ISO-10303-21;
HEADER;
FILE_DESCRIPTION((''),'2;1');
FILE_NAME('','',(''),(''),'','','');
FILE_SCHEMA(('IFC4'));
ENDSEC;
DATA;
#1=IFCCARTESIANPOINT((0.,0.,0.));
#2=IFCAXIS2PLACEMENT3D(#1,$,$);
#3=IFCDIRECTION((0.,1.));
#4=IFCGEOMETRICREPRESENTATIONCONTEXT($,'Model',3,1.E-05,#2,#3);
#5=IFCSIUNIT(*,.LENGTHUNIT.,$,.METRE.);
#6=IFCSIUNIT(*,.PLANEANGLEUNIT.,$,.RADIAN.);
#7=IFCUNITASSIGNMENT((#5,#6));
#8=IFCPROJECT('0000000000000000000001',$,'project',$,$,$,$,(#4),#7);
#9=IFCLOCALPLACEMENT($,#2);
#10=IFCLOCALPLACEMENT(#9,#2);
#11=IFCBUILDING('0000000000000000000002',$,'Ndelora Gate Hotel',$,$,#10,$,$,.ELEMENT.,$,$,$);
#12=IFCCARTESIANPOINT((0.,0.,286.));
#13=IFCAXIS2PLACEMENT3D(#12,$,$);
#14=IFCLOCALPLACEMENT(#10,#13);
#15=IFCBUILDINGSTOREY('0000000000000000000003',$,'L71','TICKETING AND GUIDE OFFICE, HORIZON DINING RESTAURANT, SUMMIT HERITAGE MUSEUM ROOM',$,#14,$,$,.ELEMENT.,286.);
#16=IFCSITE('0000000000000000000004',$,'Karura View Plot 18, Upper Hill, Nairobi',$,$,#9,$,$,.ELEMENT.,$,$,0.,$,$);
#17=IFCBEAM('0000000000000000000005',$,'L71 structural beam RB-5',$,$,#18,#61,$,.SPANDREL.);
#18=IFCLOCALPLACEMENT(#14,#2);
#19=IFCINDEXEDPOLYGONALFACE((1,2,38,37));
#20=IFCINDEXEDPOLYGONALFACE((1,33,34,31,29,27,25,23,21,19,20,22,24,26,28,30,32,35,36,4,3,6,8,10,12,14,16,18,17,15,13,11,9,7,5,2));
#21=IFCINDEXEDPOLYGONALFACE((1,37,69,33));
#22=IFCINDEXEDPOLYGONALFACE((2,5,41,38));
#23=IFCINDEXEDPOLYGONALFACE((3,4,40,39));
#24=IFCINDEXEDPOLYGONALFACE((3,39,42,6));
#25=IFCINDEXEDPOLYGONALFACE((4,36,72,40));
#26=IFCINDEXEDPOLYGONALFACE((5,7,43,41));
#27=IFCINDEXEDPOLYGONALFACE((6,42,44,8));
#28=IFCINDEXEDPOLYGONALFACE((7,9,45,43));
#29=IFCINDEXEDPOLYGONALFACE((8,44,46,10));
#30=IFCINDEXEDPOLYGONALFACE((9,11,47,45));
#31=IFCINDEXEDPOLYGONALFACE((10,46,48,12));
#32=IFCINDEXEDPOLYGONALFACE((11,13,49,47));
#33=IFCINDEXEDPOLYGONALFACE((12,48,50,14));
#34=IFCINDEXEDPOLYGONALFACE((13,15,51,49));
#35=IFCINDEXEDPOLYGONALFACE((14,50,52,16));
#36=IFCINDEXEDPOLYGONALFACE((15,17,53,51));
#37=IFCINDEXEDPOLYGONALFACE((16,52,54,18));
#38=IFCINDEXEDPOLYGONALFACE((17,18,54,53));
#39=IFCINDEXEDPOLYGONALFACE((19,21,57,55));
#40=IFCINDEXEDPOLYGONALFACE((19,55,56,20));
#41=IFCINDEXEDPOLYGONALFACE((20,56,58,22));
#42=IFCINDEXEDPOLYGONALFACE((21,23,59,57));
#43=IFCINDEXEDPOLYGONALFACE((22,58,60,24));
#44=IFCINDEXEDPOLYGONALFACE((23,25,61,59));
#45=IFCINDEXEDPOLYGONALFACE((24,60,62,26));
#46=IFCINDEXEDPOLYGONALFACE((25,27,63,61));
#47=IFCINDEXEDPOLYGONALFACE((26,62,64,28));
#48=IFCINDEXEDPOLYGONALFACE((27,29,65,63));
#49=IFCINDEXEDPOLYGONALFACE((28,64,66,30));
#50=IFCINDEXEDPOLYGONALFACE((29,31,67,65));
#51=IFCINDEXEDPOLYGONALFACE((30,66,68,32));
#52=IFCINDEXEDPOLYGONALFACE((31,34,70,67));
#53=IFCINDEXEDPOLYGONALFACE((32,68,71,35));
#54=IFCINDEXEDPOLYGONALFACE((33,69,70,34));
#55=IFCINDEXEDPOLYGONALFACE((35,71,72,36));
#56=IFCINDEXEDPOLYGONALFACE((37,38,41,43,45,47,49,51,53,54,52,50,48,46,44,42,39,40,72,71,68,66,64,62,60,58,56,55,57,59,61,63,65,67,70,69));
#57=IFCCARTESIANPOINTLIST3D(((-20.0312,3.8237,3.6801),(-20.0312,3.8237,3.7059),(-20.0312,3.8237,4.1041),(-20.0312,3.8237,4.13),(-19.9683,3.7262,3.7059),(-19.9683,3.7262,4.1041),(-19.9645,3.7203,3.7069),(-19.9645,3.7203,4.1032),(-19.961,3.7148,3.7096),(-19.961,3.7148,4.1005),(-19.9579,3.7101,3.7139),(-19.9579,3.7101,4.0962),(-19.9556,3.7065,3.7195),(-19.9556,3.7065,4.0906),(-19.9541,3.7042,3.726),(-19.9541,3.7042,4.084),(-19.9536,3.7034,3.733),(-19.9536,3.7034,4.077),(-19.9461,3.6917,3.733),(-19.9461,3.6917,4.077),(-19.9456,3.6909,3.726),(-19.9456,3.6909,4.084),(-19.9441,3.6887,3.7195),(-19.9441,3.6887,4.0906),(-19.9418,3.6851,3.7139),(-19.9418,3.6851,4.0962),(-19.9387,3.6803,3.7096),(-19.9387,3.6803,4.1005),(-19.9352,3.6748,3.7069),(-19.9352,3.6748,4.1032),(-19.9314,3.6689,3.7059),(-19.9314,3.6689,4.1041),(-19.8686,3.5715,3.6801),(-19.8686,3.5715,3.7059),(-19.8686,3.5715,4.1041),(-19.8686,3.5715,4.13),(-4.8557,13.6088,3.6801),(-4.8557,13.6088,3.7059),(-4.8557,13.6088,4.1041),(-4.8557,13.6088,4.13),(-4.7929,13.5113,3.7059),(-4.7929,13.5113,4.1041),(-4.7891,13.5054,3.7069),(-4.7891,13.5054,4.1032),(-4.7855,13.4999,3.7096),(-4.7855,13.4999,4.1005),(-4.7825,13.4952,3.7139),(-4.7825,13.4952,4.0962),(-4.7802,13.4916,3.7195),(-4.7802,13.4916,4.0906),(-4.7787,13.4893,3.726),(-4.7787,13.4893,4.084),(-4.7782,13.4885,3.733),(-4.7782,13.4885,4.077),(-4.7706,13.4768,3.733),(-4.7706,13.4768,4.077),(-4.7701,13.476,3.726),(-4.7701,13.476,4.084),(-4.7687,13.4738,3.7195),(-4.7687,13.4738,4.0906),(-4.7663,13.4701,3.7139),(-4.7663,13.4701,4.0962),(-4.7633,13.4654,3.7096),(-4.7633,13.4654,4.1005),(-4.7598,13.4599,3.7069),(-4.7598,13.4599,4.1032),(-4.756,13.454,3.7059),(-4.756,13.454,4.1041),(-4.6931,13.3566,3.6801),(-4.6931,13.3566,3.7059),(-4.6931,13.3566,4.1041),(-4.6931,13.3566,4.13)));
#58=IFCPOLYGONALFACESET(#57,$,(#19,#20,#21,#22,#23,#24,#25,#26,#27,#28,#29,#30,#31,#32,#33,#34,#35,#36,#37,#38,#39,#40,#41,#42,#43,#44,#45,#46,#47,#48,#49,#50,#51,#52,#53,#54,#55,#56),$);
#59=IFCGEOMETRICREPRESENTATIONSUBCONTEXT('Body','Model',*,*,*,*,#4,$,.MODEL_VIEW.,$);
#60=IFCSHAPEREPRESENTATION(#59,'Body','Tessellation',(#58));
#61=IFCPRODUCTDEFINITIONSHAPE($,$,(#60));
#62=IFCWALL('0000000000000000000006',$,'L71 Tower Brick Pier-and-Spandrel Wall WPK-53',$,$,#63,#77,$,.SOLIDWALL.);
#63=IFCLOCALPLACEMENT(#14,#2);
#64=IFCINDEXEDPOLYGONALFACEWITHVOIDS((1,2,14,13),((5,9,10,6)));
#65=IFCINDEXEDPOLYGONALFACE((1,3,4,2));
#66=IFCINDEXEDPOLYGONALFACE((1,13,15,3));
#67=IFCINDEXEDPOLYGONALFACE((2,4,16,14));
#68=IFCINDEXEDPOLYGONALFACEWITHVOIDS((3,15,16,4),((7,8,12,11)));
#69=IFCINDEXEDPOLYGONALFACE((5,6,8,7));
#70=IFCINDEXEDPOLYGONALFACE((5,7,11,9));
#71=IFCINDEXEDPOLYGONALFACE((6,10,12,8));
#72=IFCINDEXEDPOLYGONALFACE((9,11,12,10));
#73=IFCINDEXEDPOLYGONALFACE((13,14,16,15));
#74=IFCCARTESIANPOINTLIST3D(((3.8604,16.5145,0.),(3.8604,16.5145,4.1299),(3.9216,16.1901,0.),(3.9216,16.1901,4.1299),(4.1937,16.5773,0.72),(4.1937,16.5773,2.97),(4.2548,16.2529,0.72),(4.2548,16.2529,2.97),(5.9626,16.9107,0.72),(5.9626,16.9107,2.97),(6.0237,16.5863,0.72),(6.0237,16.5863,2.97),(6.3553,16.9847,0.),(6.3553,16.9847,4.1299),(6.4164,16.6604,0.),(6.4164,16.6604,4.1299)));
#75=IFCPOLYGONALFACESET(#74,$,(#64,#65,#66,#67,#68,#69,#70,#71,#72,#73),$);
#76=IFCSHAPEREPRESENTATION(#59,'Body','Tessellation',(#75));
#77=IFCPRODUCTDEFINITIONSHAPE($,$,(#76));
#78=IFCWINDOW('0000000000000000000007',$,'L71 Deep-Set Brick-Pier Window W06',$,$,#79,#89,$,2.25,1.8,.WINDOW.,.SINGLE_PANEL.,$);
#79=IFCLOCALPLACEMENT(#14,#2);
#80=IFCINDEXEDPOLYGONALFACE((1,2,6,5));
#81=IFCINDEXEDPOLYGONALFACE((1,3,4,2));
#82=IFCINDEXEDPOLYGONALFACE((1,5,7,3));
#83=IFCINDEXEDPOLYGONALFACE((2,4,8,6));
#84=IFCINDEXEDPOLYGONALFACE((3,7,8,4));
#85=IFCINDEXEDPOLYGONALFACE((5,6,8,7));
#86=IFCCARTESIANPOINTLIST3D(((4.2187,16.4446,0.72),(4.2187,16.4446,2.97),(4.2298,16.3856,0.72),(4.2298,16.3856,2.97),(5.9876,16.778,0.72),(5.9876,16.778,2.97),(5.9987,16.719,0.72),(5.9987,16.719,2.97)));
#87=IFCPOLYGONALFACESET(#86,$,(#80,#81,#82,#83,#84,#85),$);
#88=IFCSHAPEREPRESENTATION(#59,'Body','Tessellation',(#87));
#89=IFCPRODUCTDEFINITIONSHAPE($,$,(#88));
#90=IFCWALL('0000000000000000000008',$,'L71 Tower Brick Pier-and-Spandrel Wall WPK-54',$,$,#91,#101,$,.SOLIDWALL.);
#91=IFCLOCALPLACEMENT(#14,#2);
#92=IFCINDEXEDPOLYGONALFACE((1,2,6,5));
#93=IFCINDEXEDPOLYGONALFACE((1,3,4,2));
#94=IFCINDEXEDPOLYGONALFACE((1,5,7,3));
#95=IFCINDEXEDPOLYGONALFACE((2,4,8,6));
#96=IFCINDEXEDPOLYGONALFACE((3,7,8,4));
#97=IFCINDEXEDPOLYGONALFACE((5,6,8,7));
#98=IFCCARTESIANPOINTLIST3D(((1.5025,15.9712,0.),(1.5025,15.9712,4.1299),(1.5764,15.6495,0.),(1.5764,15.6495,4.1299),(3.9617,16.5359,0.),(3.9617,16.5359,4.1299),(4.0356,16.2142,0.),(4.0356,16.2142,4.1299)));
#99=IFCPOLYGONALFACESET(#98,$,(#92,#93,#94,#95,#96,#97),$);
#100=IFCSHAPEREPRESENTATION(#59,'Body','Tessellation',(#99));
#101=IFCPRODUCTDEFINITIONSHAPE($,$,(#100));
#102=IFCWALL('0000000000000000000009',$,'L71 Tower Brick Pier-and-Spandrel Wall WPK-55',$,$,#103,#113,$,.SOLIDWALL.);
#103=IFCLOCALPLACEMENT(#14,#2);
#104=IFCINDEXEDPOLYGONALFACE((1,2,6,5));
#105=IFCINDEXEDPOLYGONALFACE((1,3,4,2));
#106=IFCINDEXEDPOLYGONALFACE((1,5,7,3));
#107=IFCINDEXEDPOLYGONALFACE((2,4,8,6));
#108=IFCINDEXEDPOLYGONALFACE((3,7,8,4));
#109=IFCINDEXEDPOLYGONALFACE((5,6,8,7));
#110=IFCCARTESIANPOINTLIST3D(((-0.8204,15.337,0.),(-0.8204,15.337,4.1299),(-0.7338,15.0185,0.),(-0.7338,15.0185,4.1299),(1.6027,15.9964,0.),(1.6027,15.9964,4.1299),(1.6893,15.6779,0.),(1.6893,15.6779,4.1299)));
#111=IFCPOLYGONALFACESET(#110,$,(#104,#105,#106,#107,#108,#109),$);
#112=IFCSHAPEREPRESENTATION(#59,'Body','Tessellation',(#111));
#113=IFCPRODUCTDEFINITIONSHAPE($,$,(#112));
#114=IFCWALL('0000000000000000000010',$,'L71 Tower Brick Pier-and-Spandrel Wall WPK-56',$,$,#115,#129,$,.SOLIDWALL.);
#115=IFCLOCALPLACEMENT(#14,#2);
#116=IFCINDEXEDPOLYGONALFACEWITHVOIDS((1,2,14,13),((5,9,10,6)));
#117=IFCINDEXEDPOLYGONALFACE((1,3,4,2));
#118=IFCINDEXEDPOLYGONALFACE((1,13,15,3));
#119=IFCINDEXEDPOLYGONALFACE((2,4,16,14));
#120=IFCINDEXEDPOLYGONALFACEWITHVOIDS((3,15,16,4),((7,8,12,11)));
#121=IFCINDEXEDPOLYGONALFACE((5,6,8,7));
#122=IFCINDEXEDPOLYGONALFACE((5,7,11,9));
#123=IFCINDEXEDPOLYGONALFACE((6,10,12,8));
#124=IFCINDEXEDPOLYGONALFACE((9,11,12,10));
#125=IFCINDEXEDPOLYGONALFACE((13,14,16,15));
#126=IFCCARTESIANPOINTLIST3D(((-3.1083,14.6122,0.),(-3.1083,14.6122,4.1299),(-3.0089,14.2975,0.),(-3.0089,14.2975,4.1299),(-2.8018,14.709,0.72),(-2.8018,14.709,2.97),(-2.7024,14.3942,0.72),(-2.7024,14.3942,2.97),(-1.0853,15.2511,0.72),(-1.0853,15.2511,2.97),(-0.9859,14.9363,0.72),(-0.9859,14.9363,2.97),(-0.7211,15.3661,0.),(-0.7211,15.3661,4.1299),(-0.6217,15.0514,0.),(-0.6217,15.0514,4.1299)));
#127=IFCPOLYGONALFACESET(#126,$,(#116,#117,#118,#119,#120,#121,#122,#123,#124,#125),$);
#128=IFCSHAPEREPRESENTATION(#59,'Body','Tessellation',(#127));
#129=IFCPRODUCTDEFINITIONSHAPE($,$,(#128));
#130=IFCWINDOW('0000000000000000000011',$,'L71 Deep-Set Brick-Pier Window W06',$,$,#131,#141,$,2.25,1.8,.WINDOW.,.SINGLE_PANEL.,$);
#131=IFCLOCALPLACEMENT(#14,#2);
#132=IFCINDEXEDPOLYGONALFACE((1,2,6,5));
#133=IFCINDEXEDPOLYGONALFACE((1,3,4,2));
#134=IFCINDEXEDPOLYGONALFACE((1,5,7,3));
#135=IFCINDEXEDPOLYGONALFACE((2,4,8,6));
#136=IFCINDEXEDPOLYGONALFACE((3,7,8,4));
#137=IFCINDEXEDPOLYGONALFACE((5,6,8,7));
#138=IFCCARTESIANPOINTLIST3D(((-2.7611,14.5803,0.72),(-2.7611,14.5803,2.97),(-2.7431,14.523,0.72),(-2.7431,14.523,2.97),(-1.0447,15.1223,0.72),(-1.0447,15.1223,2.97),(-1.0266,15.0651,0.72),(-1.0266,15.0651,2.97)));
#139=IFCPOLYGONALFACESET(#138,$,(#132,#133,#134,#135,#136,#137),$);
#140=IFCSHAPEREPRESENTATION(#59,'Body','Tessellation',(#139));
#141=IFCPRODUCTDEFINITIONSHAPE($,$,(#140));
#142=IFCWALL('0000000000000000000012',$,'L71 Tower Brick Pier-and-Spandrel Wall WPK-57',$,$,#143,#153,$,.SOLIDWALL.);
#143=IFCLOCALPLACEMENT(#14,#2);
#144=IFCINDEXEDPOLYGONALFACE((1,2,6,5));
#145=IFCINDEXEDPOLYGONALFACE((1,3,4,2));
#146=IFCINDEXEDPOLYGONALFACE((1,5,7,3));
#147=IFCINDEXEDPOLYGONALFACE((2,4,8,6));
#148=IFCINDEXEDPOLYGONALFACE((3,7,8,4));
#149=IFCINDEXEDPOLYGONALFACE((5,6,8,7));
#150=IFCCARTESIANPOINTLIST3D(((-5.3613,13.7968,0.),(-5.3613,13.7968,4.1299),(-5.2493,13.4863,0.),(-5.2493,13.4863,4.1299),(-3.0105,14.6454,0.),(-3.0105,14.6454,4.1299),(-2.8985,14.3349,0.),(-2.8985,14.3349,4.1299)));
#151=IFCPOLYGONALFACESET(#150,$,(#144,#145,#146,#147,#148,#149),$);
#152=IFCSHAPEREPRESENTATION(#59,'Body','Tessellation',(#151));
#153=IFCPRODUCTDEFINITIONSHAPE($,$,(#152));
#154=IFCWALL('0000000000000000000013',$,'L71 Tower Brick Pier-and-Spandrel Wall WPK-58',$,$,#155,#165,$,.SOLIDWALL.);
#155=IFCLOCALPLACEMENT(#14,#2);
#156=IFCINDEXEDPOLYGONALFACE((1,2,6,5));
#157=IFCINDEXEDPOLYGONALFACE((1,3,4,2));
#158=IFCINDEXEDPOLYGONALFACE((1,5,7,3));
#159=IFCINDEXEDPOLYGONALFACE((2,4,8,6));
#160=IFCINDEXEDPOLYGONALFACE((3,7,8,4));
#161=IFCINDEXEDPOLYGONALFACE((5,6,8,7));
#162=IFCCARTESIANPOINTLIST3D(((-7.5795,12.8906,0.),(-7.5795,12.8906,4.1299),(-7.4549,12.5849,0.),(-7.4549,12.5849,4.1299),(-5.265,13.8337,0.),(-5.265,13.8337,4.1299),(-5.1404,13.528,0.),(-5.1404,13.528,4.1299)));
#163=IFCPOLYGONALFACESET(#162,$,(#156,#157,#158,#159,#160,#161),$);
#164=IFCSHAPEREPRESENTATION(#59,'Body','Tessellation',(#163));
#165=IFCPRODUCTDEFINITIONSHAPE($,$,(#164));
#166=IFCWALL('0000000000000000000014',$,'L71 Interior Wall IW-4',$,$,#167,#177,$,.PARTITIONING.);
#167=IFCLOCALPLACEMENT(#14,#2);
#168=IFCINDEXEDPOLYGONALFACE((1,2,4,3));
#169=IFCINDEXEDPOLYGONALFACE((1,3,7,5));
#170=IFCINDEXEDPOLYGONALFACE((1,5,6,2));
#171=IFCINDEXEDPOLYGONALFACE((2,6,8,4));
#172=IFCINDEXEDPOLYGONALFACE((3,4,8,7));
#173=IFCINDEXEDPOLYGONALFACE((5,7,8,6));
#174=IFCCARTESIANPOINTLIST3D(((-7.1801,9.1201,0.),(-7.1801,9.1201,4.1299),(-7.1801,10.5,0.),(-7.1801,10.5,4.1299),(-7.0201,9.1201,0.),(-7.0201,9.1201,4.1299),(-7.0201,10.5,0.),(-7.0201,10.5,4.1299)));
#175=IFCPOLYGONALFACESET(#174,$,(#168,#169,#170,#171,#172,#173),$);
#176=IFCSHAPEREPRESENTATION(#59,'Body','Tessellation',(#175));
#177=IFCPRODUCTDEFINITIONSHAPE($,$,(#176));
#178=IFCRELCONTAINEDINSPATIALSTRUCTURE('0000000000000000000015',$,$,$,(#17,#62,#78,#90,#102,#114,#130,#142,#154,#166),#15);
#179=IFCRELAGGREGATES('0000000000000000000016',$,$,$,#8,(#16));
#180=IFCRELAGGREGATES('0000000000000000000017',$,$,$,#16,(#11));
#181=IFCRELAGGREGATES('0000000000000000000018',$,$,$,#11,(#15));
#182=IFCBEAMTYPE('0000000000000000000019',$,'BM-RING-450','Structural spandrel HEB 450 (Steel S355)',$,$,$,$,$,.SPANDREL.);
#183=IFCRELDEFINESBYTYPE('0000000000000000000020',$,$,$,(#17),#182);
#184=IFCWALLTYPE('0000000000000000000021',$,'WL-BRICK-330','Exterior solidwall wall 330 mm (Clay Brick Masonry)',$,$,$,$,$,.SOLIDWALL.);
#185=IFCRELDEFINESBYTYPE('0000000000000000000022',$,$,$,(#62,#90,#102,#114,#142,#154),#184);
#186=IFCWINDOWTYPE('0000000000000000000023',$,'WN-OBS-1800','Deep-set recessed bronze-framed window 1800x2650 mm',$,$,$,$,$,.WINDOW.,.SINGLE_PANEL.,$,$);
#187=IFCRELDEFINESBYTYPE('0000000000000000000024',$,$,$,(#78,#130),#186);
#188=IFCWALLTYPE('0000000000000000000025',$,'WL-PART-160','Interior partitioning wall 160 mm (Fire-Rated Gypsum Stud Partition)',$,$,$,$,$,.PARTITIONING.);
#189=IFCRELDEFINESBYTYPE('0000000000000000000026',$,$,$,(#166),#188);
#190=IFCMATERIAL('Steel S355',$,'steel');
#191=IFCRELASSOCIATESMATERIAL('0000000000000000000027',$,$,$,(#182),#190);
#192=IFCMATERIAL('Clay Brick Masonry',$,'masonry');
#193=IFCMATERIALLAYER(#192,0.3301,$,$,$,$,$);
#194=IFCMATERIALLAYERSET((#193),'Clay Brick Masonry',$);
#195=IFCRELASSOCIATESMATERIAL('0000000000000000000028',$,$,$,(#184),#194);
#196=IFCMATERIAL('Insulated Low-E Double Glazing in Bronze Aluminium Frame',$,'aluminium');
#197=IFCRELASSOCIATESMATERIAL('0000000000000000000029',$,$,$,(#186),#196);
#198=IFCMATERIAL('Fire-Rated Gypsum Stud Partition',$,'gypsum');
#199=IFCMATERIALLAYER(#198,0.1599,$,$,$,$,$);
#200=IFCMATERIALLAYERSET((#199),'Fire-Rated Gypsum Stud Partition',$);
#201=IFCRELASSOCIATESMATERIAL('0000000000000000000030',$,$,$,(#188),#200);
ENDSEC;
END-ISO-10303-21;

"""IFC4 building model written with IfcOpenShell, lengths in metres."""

from ifc_helpers import new_model, si_unit, direction, frame, frame_2d, origin, origin_2d, place, context, subcontext, project, spatial, rectangle, i_section, extrude, material, layer, layer_set, material_profile, profile_set, type_object, element, fill, save


model = new_model("IFC4")

# Units and contexts
model_context = context("Model", 3, precision=1e-05, world=origin(), true_north=direction((0.0, 1.0)))
body_context = subcontext(model_context, "Body", "Model", "MODEL_VIEW")
ifc_project = project(units=[si_unit("LENGTHUNIT", "METRE"), si_unit("PLANEANGLEUNIT", "RADIAN")], contexts=[model_context])

# Site, building, storey
site_placement = place(None, origin())
site = spatial("IfcSite", under=ifc_project, at=site_placement, Name="Karura View Plot 18, Upper Hill, Nairobi", CompositionType="ELEMENT", RefElevation=0.0)
building_placement = place(site_placement, origin())
building = spatial("IfcBuilding", under=site, at=building_placement, Name="Ndelora Gate Hotel", CompositionType="ELEMENT")
storey_placement = place(building_placement, frame((0.0, 0.0, 286.0)))
storey = spatial("IfcBuildingStorey", under=building, at=storey_placement, Name="L71", Description="TICKETING AND GUIDE OFFICE, HORIZON DINING RESTAURANT, SUMMIT HERITAGE MUSEUM ROOM", CompositionType="ELEMENT", Elevation=286.0)

# Beam
ifc_material_1 = material(Name="Steel S355", Category="steel")
ifc_material_profile_1 = material_profile(ifc_material_1, i_section(OverallWidth=0.3, OverallDepth=0.45, WebThickness=0.0139, FlangeThickness=0.0259, FilletRadius=0.0271, at=origin_2d()), Name="HEB 450")
ifc_profile_set_1 = profile_set([ifc_material_profile_1], Name="Steel S355")
beam_type_1 = type_object("IfcBeamType", Name="BM-RING-450", Description="Structural spandrel HEB 450 (Steel S355)", PredefinedType="SPANDREL", material=ifc_profile_set_1)
beam_1_placement = place(storey_placement, frame((-4.7744, 13.4827, 3.905), z_axis=(-0.840436, -0.541911, 0.0), x_axis=(0.541911, -0.840436, 0.0)))
element("IfcBeam", 1, at=beam_1_placement, inside=storey, type_object=beam_type_1, Name="L71 structural beam RB-5", PredefinedType="SPANDREL", context=body_context, shape_type="SweptSolid", body=[
    extrude(i_section(OverallWidth=0.3, OverallDepth=0.45, WebThickness=0.0139, FlangeThickness=0.0259, FilletRadius=0.0271, at=origin_2d()), origin(), (0.0, 0.0, 1.0), 18.0566),
])

# Wall, opening, window
ifc_material_2 = material(Name="Clay Brick Masonry", Category="masonry")
ifc_layer_1 = layer(ifc_material_2, 0.3301)
ifc_layer_set_1 = layer_set([ifc_layer_1], Name="Clay Brick Masonry")
wall_type_1 = type_object("IfcWallType", Name="WL-BRICK-330", Description="Exterior solidwall wall 330 mm (Clay Brick Masonry)", PredefinedType="SOLIDWALL", material=ifc_layer_set_1)
wall_1_placement = place(storey_placement, frame((3.8909, 16.3523, 0.0), z_axis=(0.0, 0.0, 1.0), x_axis=(0.982699, 0.185212, 0.0)))
wall_1 = element("IfcWall", 2, at=wall_1_placement, inside=storey, type_object=wall_type_1, Name="L71 Tower Brick Pier-and-Spandrel Wall WPK-53", PredefinedType="SOLIDWALL", context=body_context, shape_type="SweptSolid", body=[
    extrude(rectangle(XDim=2.5388, YDim=0.3301, at=frame_2d((1.2695, 0.0))), origin(), (0.0, 0.0, 1.0), 4.1299),
])
opening_1_placement = place(wall_1_placement, frame((0.3394, 0.0, 0.72)))
opening_1 = element("IfcOpeningElement", 3, at=opening_1_placement, cuts=wall_1, PredefinedType="OPENING", context=body_context, shape_type="SweptSolid", body=[
    extrude(rectangle(XDim=1.8, YDim=2.25, at=frame_2d((0.8999, 1.125))), frame((0.0, 0.175, 0.0), z_axis=(0.0, -1.0, 0.0), x_axis=(1.0, 0.0, 0.0)), (0.0, 0.0, 1.0), 0.3501),
])
ifc_material_3 = material(Name="Insulated Low-E Double Glazing in Bronze Aluminium Frame", Category="aluminium")
window_type = type_object("IfcWindowType", Name="WN-OBS-1800", Description="Deep-set recessed bronze-framed window 1800x2650 mm", PartitioningType="SINGLE_PANEL", PredefinedType="WINDOW", material=ifc_material_3)
window_1_placement = place(opening_1_placement, origin())
window_1 = element("IfcWindow", 4, at=window_1_placement, inside=storey, type_object=window_type, Name="L71 Deep-Set Brick-Pier Window W06", OverallHeight=2.25, OverallWidth=1.8, PartitioningType="SINGLE_PANEL", PredefinedType="WINDOW", context=body_context, shape_type="SweptSolid", body=[
    extrude(rectangle(XDim=1.8, YDim=2.25, at=frame_2d((0.8999, 1.125))), frame((0.0, 0.03, 0.0), z_axis=(0.0, -1.0, 0.0), x_axis=(1.0, 0.0, 0.0)), (0.0, 0.0, 1.0), 0.0601),
])
fill(opening_1, window_1)

# Walls
wall_2_placement = place(storey_placement, frame((1.5393, 15.8103, 0.0), z_axis=(0.0, 0.0, 1.0), x_axis=(0.974635, 0.223799, 0.0)))
element("IfcWall", 5, at=wall_2_placement, inside=storey, type_object=wall_type_1, Name="L71 Tower Brick Pier-and-Spandrel Wall WPK-54", PredefinedType="SOLIDWALL", context=body_context, shape_type="SweptSolid", body=[
    extrude(rectangle(XDim=2.5232, YDim=0.3301, at=frame_2d((1.2617, 0.0))), origin(), (0.0, 0.0, 1.0), 4.1299),
])
wall_3_placement = place(storey_placement, frame((-0.7771, 15.1777, 0.0), z_axis=(0.0, 0.0, 1.0), x_axis=(0.964907, 0.262591, 0.0)))
element("IfcWall", 6, at=wall_3_placement, inside=storey, type_object=wall_type_1, Name="L71 Tower Brick Pier-and-Spandrel Wall WPK-55", PredefinedType="SOLIDWALL", context=body_context, shape_type="SweptSolid", body=[
    extrude(rectangle(XDim=2.5112, YDim=0.3301, at=frame_2d((1.2556, 0.0))), origin(), (0.0, 0.0, 1.0), 4.1299),
])

# Wall, opening, window
wall_4_placement = place(storey_placement, frame((-3.0586, 14.4548, 0.0), z_axis=(0.0, 0.0, 1.0), x_axis=(0.953577, 0.30115, 0.0)))
wall_4 = element("IfcWall", 7, at=wall_4_placement, inside=storey, type_object=wall_type_1, Name="L71 Tower Brick Pier-and-Spandrel Wall WPK-56", PredefinedType="SOLIDWALL", context=body_context, shape_type="SweptSolid", body=[
    extrude(rectangle(XDim=2.5034, YDim=0.3301, at=frame_2d((1.2517, 0.0))), origin(), (0.0, 0.0, 1.0), 4.1299),
])
opening_2_placement = place(wall_4_placement, frame((0.3215, 0.0, 0.72)))
opening_2 = element("IfcOpeningElement", 8, at=opening_2_placement, cuts=wall_4, PredefinedType="OPENING", context=body_context, shape_type="SweptSolid", body=[
    extrude(rectangle(XDim=1.8, YDim=2.25, at=frame_2d((0.8999, 1.125))), frame((0.0, 0.175, 0.0), z_axis=(0.0, -1.0, 0.0), x_axis=(1.0, 0.0, 0.0)), (0.0, 0.0, 1.0), 0.3501),
])
window_2_placement = place(opening_2_placement, origin())
window_2 = element("IfcWindow", 9, at=window_2_placement, inside=storey, type_object=window_type, Name="L71 Deep-Set Brick-Pier Window W06", OverallHeight=2.25, OverallWidth=1.8, PartitioningType="SINGLE_PANEL", PredefinedType="WINDOW", context=body_context, shape_type="SweptSolid", body=[
    extrude(rectangle(XDim=1.8, YDim=2.25, at=frame_2d((0.8999, 1.125))), frame((0.0, 0.03, 0.0), z_axis=(0.0, -1.0, 0.0), x_axis=(1.0, 0.0, 0.0)), (0.0, 0.0, 1.0), 0.0601),
])
fill(opening_2, window_2)

# Walls
for number, where, z_axis, x_axis, name in (
    (10, (-5.3052, 13.6416, 0.0), (0.0, 0.0, 1.0), (0.940589, 0.339546, 0.0), "L71 Tower Brick Pier-and-Spandrel Wall WPK-57"),
    (11, (-7.5171, 12.7378, 0.0), (0.0, 0.0, 1.0), (0.926066, 0.377362, 0.0), "L71 Tower Brick Pier-and-Spandrel Wall WPK-58"),
):
    element("IfcWall", number, at=place(storey_placement, frame(where, z_axis=z_axis, x_axis=x_axis)), inside=storey, type_object=wall_type_1, Name=name, PredefinedType="SOLIDWALL", context=body_context, shape_type="SweptSolid", body=[
        extrude(rectangle(XDim=2.4993, YDim=0.3301, at=frame_2d((1.2495, 0.0))), origin(), (0.0, 0.0, 1.0), 4.1299),
    ])
ifc_material_4 = material(Name="Fire-Rated Gypsum Stud Partition", Category="gypsum")
ifc_layer_2 = layer(ifc_material_4, 0.1599)
ifc_layer_set_2 = layer_set([ifc_layer_2], Name="Fire-Rated Gypsum Stud Partition")
wall_type_2 = type_object("IfcWallType", Name="WL-PART-160", Description="Interior partitioning wall 160 mm (Fire-Rated Gypsum Stud Partition)", PredefinedType="PARTITIONING", material=ifc_layer_set_2)
wall_5_placement = place(storey_placement, frame((-7.1001, 9.1201, 0.0), z_axis=(0.0, 0.0, 1.0), x_axis=(0.0, 1.0, 0.0)))
element("IfcWall", 12, at=wall_5_placement, inside=storey, type_object=wall_type_2, Name="L71 Interior Wall IW-4", PredefinedType="PARTITIONING", context=body_context, shape_type="SweptSolid", body=[
    extrude(rectangle(XDim=1.3799, YDim=0.1599, at=frame_2d((0.6899, 0.0))), origin(), (0.0, 0.0, 1.0), 4.1299),
])

save(model, "model.ifc")
